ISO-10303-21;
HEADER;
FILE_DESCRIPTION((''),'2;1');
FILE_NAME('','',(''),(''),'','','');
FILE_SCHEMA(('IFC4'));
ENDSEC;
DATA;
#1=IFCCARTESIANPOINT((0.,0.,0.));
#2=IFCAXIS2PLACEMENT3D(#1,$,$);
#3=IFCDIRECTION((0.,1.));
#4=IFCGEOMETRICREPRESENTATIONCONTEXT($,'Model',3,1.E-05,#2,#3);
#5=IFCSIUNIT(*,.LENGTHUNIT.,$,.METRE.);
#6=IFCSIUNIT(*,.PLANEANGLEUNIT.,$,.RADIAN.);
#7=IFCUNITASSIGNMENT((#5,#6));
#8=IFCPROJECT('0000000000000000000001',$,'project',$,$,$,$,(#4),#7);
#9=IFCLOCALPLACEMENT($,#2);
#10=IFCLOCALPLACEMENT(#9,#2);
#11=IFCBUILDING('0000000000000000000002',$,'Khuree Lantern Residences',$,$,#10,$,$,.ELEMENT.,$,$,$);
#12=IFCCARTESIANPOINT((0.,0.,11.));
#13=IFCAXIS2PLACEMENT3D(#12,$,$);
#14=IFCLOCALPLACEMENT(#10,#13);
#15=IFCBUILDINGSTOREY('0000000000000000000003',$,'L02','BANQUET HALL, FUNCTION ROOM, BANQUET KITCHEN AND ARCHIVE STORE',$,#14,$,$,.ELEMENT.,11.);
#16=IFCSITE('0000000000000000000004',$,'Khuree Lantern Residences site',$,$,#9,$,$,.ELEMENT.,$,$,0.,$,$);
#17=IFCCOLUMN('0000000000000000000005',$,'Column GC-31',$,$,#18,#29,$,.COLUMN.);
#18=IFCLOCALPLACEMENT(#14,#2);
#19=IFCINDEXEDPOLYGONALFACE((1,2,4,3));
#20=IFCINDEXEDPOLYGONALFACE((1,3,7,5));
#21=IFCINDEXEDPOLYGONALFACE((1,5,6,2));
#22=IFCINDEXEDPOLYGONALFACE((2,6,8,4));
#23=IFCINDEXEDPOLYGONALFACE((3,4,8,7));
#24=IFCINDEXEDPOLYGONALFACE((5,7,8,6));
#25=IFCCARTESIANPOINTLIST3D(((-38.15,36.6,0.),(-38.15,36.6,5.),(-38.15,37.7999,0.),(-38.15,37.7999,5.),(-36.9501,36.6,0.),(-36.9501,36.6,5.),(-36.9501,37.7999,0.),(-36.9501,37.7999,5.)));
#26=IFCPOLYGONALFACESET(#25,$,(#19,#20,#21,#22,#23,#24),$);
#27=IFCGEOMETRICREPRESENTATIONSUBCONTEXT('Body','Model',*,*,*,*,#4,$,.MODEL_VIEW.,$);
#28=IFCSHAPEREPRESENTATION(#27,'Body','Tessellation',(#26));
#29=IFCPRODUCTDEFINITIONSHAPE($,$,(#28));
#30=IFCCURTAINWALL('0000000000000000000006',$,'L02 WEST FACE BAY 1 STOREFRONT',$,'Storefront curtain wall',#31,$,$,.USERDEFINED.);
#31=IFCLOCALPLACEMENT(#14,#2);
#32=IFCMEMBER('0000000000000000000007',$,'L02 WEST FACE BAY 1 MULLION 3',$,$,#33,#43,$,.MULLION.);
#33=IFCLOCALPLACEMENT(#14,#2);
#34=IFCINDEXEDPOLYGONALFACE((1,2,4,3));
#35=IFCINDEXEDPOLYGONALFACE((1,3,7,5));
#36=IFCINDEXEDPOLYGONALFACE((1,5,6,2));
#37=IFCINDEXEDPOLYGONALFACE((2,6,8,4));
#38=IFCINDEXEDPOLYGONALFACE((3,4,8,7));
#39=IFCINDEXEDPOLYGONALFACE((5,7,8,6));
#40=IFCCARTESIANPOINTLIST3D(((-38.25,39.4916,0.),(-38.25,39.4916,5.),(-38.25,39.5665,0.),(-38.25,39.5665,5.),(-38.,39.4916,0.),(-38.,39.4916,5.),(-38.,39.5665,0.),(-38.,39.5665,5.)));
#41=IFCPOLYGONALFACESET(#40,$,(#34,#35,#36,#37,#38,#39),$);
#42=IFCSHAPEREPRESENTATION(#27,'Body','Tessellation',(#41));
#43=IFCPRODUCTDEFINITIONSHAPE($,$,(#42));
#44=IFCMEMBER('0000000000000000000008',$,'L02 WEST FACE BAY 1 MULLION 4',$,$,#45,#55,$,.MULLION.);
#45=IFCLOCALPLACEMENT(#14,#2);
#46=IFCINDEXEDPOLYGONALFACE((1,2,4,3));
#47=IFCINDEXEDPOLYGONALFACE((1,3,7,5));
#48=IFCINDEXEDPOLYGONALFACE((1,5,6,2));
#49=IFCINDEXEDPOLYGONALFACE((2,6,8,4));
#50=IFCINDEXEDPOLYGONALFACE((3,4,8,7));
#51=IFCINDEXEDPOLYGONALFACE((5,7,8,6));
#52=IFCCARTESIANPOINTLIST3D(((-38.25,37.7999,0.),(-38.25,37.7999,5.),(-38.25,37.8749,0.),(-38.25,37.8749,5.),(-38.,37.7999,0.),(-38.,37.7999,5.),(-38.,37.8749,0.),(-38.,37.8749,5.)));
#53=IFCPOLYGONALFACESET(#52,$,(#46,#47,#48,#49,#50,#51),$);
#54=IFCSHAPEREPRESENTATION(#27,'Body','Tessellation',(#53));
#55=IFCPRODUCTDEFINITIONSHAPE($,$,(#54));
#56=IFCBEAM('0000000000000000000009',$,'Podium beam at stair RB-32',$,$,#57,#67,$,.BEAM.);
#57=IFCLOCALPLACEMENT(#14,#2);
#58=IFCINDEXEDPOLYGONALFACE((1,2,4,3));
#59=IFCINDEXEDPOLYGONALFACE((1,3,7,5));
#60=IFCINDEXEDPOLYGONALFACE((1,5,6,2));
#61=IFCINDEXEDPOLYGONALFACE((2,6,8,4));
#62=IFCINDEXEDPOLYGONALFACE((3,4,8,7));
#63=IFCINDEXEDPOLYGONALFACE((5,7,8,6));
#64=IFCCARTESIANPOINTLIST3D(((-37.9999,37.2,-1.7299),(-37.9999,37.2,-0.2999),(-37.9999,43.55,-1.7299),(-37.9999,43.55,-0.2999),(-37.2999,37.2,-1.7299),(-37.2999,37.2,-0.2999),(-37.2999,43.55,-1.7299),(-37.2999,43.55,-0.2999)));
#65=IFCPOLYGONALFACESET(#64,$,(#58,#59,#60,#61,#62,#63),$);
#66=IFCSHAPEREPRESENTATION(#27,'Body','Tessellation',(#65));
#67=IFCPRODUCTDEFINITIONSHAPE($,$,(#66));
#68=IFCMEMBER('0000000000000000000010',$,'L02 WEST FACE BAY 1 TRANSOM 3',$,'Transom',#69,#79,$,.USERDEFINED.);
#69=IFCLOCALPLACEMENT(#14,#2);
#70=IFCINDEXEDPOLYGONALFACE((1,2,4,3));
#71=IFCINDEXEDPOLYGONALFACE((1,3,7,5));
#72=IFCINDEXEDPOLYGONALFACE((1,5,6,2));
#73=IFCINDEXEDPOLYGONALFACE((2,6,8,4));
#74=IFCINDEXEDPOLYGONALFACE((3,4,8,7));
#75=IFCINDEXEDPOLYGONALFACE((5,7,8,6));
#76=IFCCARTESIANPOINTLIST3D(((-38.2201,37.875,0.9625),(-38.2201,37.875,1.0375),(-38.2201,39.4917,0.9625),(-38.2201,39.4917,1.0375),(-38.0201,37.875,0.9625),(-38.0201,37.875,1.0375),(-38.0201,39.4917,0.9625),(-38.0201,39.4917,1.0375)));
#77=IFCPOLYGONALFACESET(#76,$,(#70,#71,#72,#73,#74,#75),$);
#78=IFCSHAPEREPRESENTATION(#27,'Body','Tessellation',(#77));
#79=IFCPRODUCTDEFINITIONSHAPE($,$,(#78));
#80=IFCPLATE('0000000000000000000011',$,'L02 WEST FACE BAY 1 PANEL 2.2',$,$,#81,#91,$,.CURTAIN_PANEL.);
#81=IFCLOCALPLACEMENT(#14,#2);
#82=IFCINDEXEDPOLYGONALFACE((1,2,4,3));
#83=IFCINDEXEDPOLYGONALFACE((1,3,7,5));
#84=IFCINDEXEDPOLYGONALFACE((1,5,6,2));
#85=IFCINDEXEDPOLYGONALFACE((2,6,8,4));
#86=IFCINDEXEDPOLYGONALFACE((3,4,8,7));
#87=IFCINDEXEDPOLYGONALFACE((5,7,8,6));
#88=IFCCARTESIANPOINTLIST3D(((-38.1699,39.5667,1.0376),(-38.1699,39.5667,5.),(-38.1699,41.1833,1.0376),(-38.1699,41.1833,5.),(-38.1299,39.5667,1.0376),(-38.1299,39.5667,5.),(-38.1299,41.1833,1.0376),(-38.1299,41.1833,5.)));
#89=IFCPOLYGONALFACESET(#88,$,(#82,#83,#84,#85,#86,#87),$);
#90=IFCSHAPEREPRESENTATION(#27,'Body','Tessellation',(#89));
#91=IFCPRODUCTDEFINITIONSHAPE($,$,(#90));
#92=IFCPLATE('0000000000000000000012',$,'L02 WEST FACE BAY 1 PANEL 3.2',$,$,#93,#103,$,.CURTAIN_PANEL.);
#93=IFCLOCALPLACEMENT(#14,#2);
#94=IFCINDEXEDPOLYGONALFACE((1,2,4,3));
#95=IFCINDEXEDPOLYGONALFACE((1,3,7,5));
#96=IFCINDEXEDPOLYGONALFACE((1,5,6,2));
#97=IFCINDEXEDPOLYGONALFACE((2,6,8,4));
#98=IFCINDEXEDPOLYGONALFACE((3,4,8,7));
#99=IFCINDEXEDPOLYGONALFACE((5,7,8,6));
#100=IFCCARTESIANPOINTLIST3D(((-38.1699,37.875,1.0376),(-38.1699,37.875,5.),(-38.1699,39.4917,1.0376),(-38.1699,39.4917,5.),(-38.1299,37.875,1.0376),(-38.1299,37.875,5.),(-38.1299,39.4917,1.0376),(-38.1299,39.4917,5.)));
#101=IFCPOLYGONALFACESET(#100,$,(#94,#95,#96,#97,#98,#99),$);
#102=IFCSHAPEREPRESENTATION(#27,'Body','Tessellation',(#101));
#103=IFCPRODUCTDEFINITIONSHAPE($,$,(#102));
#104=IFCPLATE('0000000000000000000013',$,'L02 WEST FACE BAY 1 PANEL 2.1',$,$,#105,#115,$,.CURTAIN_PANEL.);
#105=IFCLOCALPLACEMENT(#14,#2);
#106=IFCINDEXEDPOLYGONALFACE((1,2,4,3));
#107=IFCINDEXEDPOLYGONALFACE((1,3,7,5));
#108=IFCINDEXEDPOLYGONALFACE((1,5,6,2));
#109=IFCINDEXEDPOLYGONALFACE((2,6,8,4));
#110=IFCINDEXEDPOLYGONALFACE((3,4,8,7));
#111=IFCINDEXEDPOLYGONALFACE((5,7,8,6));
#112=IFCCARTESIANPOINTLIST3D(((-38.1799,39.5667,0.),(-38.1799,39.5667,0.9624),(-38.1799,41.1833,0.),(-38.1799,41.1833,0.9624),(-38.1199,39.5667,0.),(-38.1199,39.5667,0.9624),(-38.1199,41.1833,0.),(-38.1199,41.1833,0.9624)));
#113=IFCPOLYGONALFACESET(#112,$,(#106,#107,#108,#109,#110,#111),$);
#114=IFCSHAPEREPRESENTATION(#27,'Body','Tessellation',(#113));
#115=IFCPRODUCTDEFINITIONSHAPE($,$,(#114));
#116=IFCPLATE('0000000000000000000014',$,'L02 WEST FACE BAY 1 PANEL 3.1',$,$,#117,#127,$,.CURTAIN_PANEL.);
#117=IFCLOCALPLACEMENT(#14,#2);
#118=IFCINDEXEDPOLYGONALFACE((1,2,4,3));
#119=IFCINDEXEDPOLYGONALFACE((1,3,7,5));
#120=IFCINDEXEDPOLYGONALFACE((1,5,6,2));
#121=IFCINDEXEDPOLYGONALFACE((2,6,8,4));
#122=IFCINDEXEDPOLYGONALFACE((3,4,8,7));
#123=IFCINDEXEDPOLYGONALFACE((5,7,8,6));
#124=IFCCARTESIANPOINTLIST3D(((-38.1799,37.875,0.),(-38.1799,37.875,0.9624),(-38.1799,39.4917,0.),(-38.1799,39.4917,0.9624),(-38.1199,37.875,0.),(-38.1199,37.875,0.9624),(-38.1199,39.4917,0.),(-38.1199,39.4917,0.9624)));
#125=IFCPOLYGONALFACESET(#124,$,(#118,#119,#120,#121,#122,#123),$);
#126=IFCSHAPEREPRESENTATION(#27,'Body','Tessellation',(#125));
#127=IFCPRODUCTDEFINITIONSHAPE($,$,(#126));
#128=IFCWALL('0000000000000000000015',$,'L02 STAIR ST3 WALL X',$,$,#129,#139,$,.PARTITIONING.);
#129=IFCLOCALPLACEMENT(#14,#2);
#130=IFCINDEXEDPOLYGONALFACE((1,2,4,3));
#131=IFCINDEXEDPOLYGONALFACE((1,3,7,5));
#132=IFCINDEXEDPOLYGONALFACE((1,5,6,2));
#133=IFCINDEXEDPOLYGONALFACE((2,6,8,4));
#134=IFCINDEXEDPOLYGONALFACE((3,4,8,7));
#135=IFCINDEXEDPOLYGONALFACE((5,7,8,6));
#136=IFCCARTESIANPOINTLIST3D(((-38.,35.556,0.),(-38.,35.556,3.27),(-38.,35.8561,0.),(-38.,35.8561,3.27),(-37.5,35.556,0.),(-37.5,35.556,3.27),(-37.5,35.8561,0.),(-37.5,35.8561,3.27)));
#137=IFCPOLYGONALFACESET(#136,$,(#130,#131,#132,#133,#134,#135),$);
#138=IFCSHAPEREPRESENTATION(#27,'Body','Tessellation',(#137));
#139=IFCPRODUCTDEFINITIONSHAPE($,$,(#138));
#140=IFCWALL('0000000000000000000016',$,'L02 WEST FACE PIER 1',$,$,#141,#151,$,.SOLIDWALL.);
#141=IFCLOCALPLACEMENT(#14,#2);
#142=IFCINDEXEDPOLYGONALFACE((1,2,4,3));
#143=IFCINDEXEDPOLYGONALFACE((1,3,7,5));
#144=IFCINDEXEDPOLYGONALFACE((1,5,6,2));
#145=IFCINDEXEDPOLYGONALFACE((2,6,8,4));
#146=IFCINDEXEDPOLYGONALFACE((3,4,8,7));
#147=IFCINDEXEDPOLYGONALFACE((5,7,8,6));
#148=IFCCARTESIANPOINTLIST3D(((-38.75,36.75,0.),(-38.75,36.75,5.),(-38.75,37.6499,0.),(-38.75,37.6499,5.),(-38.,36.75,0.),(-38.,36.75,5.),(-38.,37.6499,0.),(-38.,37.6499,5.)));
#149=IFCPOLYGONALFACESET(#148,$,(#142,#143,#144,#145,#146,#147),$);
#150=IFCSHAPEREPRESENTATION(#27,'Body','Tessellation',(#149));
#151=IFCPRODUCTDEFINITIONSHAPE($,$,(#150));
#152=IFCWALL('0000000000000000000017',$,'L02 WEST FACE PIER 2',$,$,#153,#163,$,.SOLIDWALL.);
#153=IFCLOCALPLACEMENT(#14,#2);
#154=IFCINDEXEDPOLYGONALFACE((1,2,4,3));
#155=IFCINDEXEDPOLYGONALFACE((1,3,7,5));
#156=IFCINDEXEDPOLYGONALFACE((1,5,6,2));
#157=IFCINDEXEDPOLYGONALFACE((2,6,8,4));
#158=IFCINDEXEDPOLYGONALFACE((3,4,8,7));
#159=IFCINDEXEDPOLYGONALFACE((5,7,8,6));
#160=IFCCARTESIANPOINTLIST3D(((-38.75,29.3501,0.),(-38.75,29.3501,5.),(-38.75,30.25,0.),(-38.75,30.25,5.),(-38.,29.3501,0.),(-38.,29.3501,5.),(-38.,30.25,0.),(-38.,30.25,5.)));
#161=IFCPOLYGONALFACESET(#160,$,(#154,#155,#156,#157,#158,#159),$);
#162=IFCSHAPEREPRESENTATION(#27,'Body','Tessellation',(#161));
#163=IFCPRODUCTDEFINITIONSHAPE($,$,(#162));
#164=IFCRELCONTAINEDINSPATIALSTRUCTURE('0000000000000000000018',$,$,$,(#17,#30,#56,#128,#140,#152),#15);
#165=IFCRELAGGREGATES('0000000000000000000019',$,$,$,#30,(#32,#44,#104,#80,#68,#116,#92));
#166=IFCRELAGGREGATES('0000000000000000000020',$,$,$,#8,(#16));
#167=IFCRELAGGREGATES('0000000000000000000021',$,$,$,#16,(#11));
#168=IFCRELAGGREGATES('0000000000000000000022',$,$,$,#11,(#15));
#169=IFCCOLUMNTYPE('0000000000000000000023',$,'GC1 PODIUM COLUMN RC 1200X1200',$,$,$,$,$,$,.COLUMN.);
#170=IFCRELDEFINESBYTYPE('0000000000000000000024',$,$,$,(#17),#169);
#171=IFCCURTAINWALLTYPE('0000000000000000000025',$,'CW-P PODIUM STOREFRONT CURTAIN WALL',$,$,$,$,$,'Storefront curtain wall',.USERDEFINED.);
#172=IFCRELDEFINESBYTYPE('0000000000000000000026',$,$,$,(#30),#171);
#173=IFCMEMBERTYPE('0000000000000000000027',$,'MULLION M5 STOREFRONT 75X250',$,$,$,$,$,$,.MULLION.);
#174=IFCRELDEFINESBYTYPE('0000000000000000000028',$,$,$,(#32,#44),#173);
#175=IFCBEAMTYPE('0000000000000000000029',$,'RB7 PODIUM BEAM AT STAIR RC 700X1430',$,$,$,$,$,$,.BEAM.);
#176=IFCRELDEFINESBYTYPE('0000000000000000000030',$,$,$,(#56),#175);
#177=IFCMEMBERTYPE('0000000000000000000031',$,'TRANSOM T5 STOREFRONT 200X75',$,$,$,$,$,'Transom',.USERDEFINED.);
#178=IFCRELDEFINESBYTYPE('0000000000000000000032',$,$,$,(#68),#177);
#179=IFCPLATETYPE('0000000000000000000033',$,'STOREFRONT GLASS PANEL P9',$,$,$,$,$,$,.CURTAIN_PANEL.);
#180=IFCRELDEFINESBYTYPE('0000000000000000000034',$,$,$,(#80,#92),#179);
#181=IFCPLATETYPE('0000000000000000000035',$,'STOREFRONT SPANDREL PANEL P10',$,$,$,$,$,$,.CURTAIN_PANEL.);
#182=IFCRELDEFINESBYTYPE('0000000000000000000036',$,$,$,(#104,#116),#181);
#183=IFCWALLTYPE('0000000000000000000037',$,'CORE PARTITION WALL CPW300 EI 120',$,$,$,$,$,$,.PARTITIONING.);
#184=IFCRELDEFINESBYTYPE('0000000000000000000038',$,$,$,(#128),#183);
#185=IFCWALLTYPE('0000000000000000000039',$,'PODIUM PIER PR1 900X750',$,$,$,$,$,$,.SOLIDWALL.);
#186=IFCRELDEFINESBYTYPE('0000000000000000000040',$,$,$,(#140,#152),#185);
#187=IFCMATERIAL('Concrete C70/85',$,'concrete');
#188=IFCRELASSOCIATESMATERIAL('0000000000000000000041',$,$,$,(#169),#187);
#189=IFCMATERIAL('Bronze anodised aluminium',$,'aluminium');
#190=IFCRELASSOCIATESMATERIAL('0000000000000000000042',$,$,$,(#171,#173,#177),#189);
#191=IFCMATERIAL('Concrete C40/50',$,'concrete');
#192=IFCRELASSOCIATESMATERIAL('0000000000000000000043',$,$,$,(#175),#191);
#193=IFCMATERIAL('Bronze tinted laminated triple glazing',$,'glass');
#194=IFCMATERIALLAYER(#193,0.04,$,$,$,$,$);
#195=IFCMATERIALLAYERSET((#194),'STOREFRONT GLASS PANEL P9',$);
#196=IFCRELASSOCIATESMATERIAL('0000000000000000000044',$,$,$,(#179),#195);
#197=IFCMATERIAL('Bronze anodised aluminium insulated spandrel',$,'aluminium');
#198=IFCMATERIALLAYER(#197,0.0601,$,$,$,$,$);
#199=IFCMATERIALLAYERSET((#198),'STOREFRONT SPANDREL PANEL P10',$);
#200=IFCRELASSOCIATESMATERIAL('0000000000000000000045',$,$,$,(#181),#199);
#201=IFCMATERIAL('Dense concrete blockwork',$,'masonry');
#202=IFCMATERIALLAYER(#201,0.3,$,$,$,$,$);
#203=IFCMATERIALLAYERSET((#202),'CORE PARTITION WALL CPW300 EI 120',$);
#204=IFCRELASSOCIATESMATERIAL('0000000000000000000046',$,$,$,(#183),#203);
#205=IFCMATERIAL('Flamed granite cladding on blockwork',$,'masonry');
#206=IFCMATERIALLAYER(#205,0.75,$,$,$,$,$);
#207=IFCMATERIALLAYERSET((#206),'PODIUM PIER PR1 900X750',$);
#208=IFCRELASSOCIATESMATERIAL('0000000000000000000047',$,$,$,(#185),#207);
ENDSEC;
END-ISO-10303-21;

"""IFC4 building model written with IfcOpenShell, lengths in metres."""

from ifc_helpers import new_model, si_unit, direction, frame, frame_2d, origin, origin_2d, place, context, subcontext, project, spatial, rectangle, extrude, material, layer, layer_set, material_profile, profile_set, type_object, element, aggregate, save


model = new_model("IFC4")

# Units and contexts
model_context = context("Model", 3, precision=1e-05, world=origin(), true_north=direction((0.0, 1.0)))
body_context = subcontext(model_context, "Body", "Model", "MODEL_VIEW")
ifc_project = project(units=[si_unit("LENGTHUNIT", "METRE"), si_unit("PLANEANGLEUNIT", "RADIAN")], contexts=[model_context])

# Site, building, storey
site_placement = place(None, origin())
site = spatial("IfcSite", under=ifc_project, at=site_placement, Name="Khuree Lantern Residences site", CompositionType="ELEMENT", RefElevation=0.0)
building_placement = place(site_placement, origin())
building = spatial("IfcBuilding", under=site, at=building_placement, Name="Khuree Lantern Residences", CompositionType="ELEMENT")
storey_placement = place(building_placement, frame((0.0, 0.0, 11.0)))
storey = spatial("IfcBuildingStorey", under=building, at=storey_placement, Name="L02", Description="BANQUET HALL, FUNCTION ROOM, BANQUET KITCHEN AND ARCHIVE STORE", CompositionType="ELEMENT", Elevation=11.0)

# Column
ifc_material_1 = material(Name="Concrete C70/85", Category="concrete")
ifc_material_profile_1 = material_profile(ifc_material_1, rectangle(XDim=1.2, YDim=1.2, at=origin_2d()), Name="RC 1200X1200")
ifc_profile_set_1 = profile_set([ifc_material_profile_1], Name="Concrete C70/85")
column_type = type_object("IfcColumnType", Name="GC1 PODIUM COLUMN RC 1200X1200", PredefinedType="COLUMN", material=ifc_profile_set_1)
column_placement = place(storey_placement, frame((-37.55, 37.2, 0.0), z_axis=(0.0, 0.0, 1.0), x_axis=(1.0, 0.0, 0.0)))
element("IfcColumn", 1, at=column_placement, inside=storey, type_object=column_type, Name="Column GC-31", PredefinedType="COLUMN", context=body_context, shape_type="SweptSolid", body=[
    extrude(rectangle(XDim=1.2, YDim=1.2, at=origin_2d()), origin(), (0.0, 0.0, 1.0), 5.0),
])

# Curtain wall, members
ifc_material_2 = material(Name="Bronze anodised aluminium", Category="aluminium")
curtain_wall_type = type_object("IfcCurtainWallType", Name="CW-P PODIUM STOREFRONT CURTAIN WALL", ElementType="Storefront curtain wall", PredefinedType="USERDEFINED", material=ifc_material_2)
curtain_wall_placement = place(storey_placement, origin())
curtain_wall = element("IfcCurtainWall", 2, at=curtain_wall_placement, inside=storey, type_object=curtain_wall_type, Name="L02 WEST FACE BAY 1 STOREFRONT", ObjectType="Storefront curtain wall", PredefinedType="USERDEFINED")
ifc_material_profile_2 = material_profile(ifc_material_2, rectangle(XDim=0.075, YDim=0.25, at=origin_2d()), Name="M5 75X250")
ifc_profile_set_2 = profile_set([ifc_material_profile_2], Name="Bronze anodised aluminium")
member_type_1 = type_object("IfcMemberType", Name="MULLION M5 STOREFRONT 75X250", PredefinedType="MULLION", material=ifc_profile_set_2)
member_1_placement = place(storey_placement, frame((-38.125, 39.5291, 0.0), z_axis=(0.0, 0.0, 1.0), x_axis=(0.0, -1.0, 0.0)))
member_1 = element("IfcMember", 3, at=member_1_placement, type_object=member_type_1, Name="L02 WEST FACE BAY 1 MULLION 3", PredefinedType="MULLION", context=body_context, shape_type="SweptSolid", body=[
    extrude(rectangle(XDim=0.075, YDim=0.25, at=origin_2d()), origin(), (0.0, 0.0, 1.0), 5.0),
])
member_2_placement = place(storey_placement, frame((-38.125, 37.8374, 0.0), z_axis=(0.0, 0.0, 1.0), x_axis=(0.0, -1.0, 0.0)))
member_2 = element("IfcMember", 4, at=member_2_placement, type_object=member_type_1, Name="L02 WEST FACE BAY 1 MULLION 4", PredefinedType="MULLION", context=body_context, shape_type="SweptSolid", body=[
    extrude(rectangle(XDim=0.075, YDim=0.25, at=origin_2d()), origin(), (0.0, 0.0, 1.0), 5.0),
])

# Beam
ifc_material_3 = material(Name="Concrete C40/50", Category="concrete")
ifc_material_profile_3 = material_profile(ifc_material_3, rectangle(XDim=0.7, YDim=1.4299, at=origin_2d()), Name="RC 700X1430")
ifc_profile_set_3 = profile_set([ifc_material_profile_3], Name="Concrete C40/50")
beam_type = type_object("IfcBeamType", Name="RB7 PODIUM BEAM AT STAIR RC 700X1430", PredefinedType="BEAM", material=ifc_profile_set_3)
beam_placement = place(storey_placement, frame((-37.6499, 37.2, -1.0149), z_axis=(0.0, 1.0, 0.0), x_axis=(-1.0, 0.0, 0.0)))
element("IfcBeam", 5, at=beam_placement, inside=storey, type_object=beam_type, Name="Podium beam at stair RB-32", PredefinedType="BEAM", context=body_context, shape_type="SweptSolid", body=[
    extrude(rectangle(XDim=0.7, YDim=1.4299, at=origin_2d()), origin(), (0.0, 0.0, 1.0), 6.3501),
])

# Member
ifc_material_profile_4 = material_profile(ifc_material_2, rectangle(XDim=0.2, YDim=0.075, at=origin_2d()), Name="T5 200X75")
ifc_profile_set_4 = profile_set([ifc_material_profile_4], Name="Bronze anodised aluminium")
member_type_2 = type_object("IfcMemberType", Name="TRANSOM T5 STOREFRONT 200X75", ElementType="Transom", PredefinedType="USERDEFINED", material=ifc_profile_set_4)
member_3_placement = place(storey_placement, frame((-38.1201, 39.4917, 1.0), z_axis=(0.0, -1.0, 0.0), x_axis=(1.0, 0.0, 0.0)))
member_3 = element("IfcMember", 6, at=member_3_placement, type_object=member_type_2, Name="L02 WEST FACE BAY 1 TRANSOM 3", ObjectType="Transom", PredefinedType="USERDEFINED", context=body_context, shape_type="SweptSolid", body=[
    extrude(rectangle(XDim=0.2, YDim=0.075, at=origin_2d()), origin(), (0.0, 0.0, 1.0), 1.6167),
])

# Plates
ifc_material_4 = material(Name="Bronze tinted laminated triple glazing", Category="glass")
ifc_layer_1 = layer(ifc_material_4, 0.04)
ifc_layer_set_1 = layer_set([ifc_layer_1], Name="STOREFRONT GLASS PANEL P9")
plate_type_1 = type_object("IfcPlateType", Name="STOREFRONT GLASS PANEL P9", PredefinedType="CURTAIN_PANEL", material=ifc_layer_set_1)
plate_1_placement = place(storey_placement, frame((-38.1499, 40.375, 1.0376), z_axis=(0.0, 0.0, 1.0), x_axis=(0.0, -1.0, 0.0)))
plate_1 = element("IfcPlate", 7, at=plate_1_placement, type_object=plate_type_1, Name="L02 WEST FACE BAY 1 PANEL 2.2", PredefinedType="CURTAIN_PANEL", context=body_context, shape_type="SweptSolid", body=[
    extrude(rectangle(XDim=1.6167, YDim=0.04, at=origin_2d()), origin(), (0.0, 0.0, 1.0), 3.9624),
])
plate_2_placement = place(storey_placement, frame((-38.1499, 38.6833, 1.0376), z_axis=(0.0, 0.0, 1.0), x_axis=(0.0, -1.0, 0.0)))
plate_2 = element("IfcPlate", 8, at=plate_2_placement, type_object=plate_type_1, Name="L02 WEST FACE BAY 1 PANEL 3.2", PredefinedType="CURTAIN_PANEL", context=body_context, shape_type="SweptSolid", body=[
    extrude(rectangle(XDim=1.6167, YDim=0.04, at=origin_2d()), origin(), (0.0, 0.0, 1.0), 3.9624),
])
ifc_material_5 = material(Name="Bronze anodised aluminium insulated spandrel", Category="aluminium")
ifc_layer_2 = layer(ifc_material_5, 0.0601)
ifc_layer_set_2 = layer_set([ifc_layer_2], Name="STOREFRONT SPANDREL PANEL P10")
plate_type_2 = type_object("IfcPlateType", Name="STOREFRONT SPANDREL PANEL P10", PredefinedType="CURTAIN_PANEL", material=ifc_layer_set_2)
plate_3_placement = place(storey_placement, frame((-38.1499, 40.375, 0.0), z_axis=(0.0, 0.0, 1.0), x_axis=(0.0, -1.0, 0.0)))
plate_3 = element("IfcPlate", 9, at=plate_3_placement, type_object=plate_type_2, Name="L02 WEST FACE BAY 1 PANEL 2.1", PredefinedType="CURTAIN_PANEL", context=body_context, shape_type="SweptSolid", body=[
    extrude(rectangle(XDim=1.6167, YDim=0.0601, at=origin_2d()), origin(), (0.0, 0.0, 1.0), 0.9624),
])
plate_4_placement = place(storey_placement, frame((-38.1499, 38.6833, 0.0), z_axis=(0.0, 0.0, 1.0), x_axis=(0.0, -1.0, 0.0)))
plate_4 = element("IfcPlate", 10, at=plate_4_placement, type_object=plate_type_2, Name="L02 WEST FACE BAY 1 PANEL 3.1", PredefinedType="CURTAIN_PANEL", context=body_context, shape_type="SweptSolid", body=[
    extrude(rectangle(XDim=1.6167, YDim=0.0601, at=origin_2d()), origin(), (0.0, 0.0, 1.0), 0.9624),
])
aggregate(curtain_wall, [member_1, member_2, plate_3, plate_1, member_3, plate_4, plate_2])

# Walls
ifc_material_6 = material(Name="Dense concrete blockwork", Category="masonry")
ifc_layer_3 = layer(ifc_material_6, 0.3)
ifc_layer_set_3 = layer_set([ifc_layer_3], Name="CORE PARTITION WALL CPW300 EI 120")
wall_type_1 = type_object("IfcWallType", Name="CORE PARTITION WALL CPW300 EI 120", PredefinedType="PARTITIONING", material=ifc_layer_set_3)
wall_1_placement = place(storey_placement, frame((-38.0, 35.7061, 0.0), z_axis=(0.0, 0.0, 1.0), x_axis=(1.0, 0.0, 0.0)))
element("IfcWall", 11, at=wall_1_placement, inside=storey, type_object=wall_type_1, Name="L02 STAIR ST3 WALL X", PredefinedType="PARTITIONING", context=body_context, shape_type="SweptSolid", body=[
    extrude(rectangle(XDim=0.5, YDim=0.3, at=frame_2d((0.25, 0.0))), origin(), (0.0, 0.0, 1.0), 3.27),
])
ifc_material_7 = material(Name="Flamed granite cladding on blockwork", Category="masonry")
ifc_layer_4 = layer(ifc_material_7, 0.75)
ifc_layer_set_4 = layer_set([ifc_layer_4], Name="PODIUM PIER PR1 900X750")
wall_type_2 = type_object("IfcWallType", Name="PODIUM PIER PR1 900X750", PredefinedType="SOLIDWALL", material=ifc_layer_set_4)
for number, where, z_axis, x_axis, name in (
    (12, (-38.375, 37.6499, 0.0), (0.0, 0.0, 1.0), (0.0, -1.0, 0.0), "L02 WEST FACE PIER 1"),
    (13, (-38.375, 30.25, 0.0), (0.0, 0.0, 1.0), (0.0, -1.0, 0.0), "L02 WEST FACE PIER 2"),
):
    element("IfcWall", number, at=place(storey_placement, frame(where, z_axis=z_axis, x_axis=x_axis)), inside=storey, type_object=wall_type_2, Name=name, PredefinedType="SOLIDWALL", context=body_context, shape_type="SweptSolid", body=[
        extrude(rectangle(XDim=0.8999, YDim=0.75, at=frame_2d((0.45, 0.0))), origin(), (0.0, 0.0, 1.0), 5.0),
    ])

save(model, "model.ifc")
